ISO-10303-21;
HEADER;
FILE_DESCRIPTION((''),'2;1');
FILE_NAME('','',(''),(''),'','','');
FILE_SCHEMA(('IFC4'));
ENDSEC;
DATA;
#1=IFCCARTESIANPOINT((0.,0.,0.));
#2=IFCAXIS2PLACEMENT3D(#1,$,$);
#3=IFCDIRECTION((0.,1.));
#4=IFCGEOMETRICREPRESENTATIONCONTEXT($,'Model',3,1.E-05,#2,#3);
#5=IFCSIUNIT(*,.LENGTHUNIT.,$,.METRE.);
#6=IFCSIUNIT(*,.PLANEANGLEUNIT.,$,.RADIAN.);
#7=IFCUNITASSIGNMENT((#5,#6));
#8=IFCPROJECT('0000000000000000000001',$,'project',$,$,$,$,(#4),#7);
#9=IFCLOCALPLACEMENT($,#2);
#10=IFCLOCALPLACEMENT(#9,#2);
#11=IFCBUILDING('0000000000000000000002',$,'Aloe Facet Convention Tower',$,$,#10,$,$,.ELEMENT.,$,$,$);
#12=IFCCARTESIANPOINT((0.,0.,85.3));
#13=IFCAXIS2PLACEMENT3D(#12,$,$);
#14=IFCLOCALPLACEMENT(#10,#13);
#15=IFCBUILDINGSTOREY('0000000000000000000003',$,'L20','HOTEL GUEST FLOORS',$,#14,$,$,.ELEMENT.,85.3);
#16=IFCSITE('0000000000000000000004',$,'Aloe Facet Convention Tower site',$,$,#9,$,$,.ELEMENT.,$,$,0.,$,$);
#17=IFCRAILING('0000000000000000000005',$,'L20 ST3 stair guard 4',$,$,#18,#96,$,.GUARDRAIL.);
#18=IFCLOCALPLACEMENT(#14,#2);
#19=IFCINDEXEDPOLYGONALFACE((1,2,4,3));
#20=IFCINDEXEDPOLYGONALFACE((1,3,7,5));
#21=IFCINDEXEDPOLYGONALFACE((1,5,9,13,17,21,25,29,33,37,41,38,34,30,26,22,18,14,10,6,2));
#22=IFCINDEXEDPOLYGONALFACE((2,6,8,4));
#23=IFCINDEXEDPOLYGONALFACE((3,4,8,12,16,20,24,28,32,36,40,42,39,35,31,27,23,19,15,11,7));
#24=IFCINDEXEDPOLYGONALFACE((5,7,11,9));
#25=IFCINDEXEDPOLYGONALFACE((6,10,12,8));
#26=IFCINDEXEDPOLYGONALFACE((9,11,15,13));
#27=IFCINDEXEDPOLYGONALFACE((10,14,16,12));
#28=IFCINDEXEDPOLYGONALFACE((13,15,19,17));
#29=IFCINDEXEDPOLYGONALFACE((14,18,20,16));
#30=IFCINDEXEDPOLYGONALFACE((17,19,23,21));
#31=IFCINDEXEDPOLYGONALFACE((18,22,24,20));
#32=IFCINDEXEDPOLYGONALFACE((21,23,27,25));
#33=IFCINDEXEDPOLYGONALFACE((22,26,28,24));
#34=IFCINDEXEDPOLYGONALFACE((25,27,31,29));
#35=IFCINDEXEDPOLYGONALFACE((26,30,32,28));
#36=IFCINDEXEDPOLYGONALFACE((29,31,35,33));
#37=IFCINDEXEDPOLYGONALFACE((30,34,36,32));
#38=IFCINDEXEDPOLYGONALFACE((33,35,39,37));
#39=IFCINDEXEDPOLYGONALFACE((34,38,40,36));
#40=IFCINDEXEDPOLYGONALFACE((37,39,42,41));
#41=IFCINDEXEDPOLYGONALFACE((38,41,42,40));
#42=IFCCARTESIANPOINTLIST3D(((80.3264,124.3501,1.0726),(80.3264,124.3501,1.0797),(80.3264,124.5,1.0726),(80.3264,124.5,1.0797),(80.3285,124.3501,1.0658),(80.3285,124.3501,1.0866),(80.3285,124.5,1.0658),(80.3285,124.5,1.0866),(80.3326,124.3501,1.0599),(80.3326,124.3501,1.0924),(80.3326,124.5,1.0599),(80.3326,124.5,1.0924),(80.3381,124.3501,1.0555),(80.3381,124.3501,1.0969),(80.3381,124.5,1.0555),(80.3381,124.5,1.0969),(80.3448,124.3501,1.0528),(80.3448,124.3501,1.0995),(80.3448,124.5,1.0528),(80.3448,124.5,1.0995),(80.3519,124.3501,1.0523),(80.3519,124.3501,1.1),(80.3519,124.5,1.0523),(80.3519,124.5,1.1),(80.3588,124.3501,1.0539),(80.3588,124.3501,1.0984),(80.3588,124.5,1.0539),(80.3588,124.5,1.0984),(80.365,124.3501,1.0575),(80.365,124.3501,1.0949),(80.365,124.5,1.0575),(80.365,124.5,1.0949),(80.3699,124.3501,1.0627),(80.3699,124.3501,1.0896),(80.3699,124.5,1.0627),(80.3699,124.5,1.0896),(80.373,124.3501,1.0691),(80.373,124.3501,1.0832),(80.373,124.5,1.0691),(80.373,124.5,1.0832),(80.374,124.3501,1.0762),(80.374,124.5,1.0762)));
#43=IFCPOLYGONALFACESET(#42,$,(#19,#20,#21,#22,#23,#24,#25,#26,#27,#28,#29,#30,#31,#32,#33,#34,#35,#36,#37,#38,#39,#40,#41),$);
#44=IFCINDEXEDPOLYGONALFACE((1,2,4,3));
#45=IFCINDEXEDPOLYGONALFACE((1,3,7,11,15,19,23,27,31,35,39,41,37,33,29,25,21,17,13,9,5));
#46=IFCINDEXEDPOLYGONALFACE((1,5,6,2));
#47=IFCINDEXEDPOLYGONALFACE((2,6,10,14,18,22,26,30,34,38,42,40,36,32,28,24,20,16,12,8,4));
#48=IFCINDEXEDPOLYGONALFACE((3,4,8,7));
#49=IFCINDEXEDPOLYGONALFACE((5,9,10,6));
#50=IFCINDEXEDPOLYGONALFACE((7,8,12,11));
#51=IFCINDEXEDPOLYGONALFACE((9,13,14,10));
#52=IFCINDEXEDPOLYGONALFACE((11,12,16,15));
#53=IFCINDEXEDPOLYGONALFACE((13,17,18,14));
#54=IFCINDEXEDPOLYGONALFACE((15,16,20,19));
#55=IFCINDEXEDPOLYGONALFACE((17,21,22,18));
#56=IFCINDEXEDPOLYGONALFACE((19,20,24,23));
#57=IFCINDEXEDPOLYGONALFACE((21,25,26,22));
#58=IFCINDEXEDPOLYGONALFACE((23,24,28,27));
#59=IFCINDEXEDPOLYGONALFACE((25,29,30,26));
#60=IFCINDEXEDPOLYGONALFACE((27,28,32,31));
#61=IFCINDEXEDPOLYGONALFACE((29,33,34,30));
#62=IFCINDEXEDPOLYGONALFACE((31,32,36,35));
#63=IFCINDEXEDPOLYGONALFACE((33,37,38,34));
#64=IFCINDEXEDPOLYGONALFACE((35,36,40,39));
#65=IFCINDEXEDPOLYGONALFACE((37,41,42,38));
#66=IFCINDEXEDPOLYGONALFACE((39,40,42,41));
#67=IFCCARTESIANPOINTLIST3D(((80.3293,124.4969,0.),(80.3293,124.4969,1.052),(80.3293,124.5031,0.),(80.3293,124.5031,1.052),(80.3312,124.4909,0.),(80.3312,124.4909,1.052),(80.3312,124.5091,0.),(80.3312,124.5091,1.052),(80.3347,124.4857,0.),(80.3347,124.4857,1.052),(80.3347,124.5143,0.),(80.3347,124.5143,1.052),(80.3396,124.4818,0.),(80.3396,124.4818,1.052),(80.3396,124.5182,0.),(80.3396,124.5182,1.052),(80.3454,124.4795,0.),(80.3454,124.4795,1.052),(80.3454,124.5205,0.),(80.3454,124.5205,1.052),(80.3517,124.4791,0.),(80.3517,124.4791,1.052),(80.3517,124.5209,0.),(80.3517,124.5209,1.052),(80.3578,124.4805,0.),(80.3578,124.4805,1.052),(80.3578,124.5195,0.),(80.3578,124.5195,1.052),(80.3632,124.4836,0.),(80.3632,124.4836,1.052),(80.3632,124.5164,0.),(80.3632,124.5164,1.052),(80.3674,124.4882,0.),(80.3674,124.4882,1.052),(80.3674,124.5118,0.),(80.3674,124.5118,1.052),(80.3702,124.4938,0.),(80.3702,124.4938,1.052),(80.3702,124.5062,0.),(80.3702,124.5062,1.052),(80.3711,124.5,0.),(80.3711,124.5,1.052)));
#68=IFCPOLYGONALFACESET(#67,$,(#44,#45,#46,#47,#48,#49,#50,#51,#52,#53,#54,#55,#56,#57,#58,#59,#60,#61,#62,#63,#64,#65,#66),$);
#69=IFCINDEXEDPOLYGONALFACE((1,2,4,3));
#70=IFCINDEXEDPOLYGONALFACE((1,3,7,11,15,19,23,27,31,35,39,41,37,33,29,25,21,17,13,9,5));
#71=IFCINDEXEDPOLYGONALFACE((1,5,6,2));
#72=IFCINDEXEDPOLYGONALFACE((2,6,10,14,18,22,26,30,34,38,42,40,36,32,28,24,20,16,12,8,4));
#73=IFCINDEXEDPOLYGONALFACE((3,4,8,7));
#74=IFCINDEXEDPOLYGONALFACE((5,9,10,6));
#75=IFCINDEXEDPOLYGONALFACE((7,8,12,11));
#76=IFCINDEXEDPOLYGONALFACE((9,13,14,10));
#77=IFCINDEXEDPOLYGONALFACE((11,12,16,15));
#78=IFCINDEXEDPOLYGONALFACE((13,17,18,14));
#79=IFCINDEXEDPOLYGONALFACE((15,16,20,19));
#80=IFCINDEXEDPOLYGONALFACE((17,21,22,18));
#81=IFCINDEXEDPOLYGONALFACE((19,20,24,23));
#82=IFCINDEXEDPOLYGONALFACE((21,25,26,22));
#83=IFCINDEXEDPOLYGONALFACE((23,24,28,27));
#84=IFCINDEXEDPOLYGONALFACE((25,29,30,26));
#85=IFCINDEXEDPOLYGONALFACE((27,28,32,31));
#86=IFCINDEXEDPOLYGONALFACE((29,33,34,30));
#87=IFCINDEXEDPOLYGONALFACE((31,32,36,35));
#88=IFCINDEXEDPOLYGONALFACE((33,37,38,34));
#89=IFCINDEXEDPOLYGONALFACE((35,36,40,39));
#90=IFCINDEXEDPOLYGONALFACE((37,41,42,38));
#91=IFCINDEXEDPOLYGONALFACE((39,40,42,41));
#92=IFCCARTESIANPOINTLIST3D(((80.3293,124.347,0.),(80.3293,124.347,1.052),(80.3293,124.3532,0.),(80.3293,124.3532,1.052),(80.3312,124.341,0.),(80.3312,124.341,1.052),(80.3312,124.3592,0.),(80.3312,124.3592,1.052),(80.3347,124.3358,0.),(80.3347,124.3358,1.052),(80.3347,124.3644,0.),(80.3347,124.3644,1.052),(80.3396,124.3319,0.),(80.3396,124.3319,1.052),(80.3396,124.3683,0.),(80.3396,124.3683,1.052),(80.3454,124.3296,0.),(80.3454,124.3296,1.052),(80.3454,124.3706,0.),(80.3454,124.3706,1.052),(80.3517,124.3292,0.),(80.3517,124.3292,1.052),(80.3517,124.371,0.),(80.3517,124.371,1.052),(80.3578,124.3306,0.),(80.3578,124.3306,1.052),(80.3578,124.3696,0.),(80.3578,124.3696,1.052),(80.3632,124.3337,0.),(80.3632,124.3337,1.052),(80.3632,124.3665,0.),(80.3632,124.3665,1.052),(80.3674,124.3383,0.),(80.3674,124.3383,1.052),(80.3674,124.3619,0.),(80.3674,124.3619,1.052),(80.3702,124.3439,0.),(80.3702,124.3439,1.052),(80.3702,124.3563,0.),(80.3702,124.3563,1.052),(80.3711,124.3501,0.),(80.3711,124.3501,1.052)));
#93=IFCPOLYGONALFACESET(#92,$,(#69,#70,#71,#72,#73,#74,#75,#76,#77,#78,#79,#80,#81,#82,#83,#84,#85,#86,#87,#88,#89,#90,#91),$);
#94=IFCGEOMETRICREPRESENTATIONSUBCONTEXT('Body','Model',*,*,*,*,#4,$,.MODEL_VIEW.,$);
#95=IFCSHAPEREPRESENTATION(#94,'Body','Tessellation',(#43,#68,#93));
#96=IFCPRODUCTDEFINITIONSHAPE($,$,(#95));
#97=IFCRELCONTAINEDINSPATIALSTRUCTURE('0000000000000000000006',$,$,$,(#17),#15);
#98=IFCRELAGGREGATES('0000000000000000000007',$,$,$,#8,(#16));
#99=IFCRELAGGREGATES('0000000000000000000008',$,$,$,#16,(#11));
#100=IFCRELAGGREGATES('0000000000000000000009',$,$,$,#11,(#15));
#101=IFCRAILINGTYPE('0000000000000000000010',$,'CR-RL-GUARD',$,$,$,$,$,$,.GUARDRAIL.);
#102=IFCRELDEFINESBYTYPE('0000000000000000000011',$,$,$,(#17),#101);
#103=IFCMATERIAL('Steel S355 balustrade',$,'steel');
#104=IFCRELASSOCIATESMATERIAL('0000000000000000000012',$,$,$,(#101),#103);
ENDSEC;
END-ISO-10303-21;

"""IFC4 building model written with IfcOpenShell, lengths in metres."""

from ifc_helpers import new_model, si_unit, direction, frame, origin, origin_2d, place, context, subcontext, project, spatial, circle, extrude, material, type_object, element, save


model = new_model("IFC4")

# Units and contexts
model_context = context("Model", 3, precision=1e-05, world=origin(), true_north=direction((0.0, 1.0)))
body_context = subcontext(model_context, "Body", "Model", "MODEL_VIEW")
ifc_project = project(units=[si_unit("LENGTHUNIT", "METRE"), si_unit("PLANEANGLEUNIT", "RADIAN")], contexts=[model_context])

# Site, building, storey
site_placement = place(None, origin())
site = spatial("IfcSite", under=ifc_project, at=site_placement, Name="Aloe Facet Convention Tower site", CompositionType="ELEMENT", RefElevation=0.0)
building_placement = place(site_placement, origin())
building = spatial("IfcBuilding", under=site, at=building_placement, Name="Aloe Facet Convention Tower", CompositionType="ELEMENT")
storey_placement = place(building_placement, frame((0.0, 0.0, 85.3)))
storey = spatial("IfcBuildingStorey", under=building, at=storey_placement, Name="L20", Description="HOTEL GUEST FLOORS", CompositionType="ELEMENT", Elevation=85.3)

# Railing
ifc_material_1 = material(Name="Steel S355 balustrade", Category="steel")
railing_type_1 = type_object("IfcRailingType", Name="CR-RL-GUARD", PredefinedType="GUARDRAIL", material=ifc_material_1)
railing_1_placement = place(storey_placement, frame((80.3501, 124.5, 0.0)))
element("IfcRailing", 1, at=railing_1_placement, inside=storey, type_object=railing_type_1, Name="L20 ST3 stair guard 4", PredefinedType="GUARDRAIL", context=body_context, shape_type="SweptSolid", body=[
    extrude(circle(Radius=0.0239, at=origin_2d()), frame((0.0, 0.0, 1.0762), z_axis=(0.0, -1.0, 0.0), x_axis=(1.0, 0.0, 0.0)), (0.0, 0.0, 1.0), 0.1499),
    extrude(circle(Radius=0.021, at=origin_2d()), origin(), (0.0, 0.0, 1.0), 1.052),
    extrude(circle(Radius=0.021, at=origin_2d()), frame((0.0, -0.1499, 0.0)), (0.0, 0.0, 1.0), 1.052),
])

save(model, "model.ifc")
